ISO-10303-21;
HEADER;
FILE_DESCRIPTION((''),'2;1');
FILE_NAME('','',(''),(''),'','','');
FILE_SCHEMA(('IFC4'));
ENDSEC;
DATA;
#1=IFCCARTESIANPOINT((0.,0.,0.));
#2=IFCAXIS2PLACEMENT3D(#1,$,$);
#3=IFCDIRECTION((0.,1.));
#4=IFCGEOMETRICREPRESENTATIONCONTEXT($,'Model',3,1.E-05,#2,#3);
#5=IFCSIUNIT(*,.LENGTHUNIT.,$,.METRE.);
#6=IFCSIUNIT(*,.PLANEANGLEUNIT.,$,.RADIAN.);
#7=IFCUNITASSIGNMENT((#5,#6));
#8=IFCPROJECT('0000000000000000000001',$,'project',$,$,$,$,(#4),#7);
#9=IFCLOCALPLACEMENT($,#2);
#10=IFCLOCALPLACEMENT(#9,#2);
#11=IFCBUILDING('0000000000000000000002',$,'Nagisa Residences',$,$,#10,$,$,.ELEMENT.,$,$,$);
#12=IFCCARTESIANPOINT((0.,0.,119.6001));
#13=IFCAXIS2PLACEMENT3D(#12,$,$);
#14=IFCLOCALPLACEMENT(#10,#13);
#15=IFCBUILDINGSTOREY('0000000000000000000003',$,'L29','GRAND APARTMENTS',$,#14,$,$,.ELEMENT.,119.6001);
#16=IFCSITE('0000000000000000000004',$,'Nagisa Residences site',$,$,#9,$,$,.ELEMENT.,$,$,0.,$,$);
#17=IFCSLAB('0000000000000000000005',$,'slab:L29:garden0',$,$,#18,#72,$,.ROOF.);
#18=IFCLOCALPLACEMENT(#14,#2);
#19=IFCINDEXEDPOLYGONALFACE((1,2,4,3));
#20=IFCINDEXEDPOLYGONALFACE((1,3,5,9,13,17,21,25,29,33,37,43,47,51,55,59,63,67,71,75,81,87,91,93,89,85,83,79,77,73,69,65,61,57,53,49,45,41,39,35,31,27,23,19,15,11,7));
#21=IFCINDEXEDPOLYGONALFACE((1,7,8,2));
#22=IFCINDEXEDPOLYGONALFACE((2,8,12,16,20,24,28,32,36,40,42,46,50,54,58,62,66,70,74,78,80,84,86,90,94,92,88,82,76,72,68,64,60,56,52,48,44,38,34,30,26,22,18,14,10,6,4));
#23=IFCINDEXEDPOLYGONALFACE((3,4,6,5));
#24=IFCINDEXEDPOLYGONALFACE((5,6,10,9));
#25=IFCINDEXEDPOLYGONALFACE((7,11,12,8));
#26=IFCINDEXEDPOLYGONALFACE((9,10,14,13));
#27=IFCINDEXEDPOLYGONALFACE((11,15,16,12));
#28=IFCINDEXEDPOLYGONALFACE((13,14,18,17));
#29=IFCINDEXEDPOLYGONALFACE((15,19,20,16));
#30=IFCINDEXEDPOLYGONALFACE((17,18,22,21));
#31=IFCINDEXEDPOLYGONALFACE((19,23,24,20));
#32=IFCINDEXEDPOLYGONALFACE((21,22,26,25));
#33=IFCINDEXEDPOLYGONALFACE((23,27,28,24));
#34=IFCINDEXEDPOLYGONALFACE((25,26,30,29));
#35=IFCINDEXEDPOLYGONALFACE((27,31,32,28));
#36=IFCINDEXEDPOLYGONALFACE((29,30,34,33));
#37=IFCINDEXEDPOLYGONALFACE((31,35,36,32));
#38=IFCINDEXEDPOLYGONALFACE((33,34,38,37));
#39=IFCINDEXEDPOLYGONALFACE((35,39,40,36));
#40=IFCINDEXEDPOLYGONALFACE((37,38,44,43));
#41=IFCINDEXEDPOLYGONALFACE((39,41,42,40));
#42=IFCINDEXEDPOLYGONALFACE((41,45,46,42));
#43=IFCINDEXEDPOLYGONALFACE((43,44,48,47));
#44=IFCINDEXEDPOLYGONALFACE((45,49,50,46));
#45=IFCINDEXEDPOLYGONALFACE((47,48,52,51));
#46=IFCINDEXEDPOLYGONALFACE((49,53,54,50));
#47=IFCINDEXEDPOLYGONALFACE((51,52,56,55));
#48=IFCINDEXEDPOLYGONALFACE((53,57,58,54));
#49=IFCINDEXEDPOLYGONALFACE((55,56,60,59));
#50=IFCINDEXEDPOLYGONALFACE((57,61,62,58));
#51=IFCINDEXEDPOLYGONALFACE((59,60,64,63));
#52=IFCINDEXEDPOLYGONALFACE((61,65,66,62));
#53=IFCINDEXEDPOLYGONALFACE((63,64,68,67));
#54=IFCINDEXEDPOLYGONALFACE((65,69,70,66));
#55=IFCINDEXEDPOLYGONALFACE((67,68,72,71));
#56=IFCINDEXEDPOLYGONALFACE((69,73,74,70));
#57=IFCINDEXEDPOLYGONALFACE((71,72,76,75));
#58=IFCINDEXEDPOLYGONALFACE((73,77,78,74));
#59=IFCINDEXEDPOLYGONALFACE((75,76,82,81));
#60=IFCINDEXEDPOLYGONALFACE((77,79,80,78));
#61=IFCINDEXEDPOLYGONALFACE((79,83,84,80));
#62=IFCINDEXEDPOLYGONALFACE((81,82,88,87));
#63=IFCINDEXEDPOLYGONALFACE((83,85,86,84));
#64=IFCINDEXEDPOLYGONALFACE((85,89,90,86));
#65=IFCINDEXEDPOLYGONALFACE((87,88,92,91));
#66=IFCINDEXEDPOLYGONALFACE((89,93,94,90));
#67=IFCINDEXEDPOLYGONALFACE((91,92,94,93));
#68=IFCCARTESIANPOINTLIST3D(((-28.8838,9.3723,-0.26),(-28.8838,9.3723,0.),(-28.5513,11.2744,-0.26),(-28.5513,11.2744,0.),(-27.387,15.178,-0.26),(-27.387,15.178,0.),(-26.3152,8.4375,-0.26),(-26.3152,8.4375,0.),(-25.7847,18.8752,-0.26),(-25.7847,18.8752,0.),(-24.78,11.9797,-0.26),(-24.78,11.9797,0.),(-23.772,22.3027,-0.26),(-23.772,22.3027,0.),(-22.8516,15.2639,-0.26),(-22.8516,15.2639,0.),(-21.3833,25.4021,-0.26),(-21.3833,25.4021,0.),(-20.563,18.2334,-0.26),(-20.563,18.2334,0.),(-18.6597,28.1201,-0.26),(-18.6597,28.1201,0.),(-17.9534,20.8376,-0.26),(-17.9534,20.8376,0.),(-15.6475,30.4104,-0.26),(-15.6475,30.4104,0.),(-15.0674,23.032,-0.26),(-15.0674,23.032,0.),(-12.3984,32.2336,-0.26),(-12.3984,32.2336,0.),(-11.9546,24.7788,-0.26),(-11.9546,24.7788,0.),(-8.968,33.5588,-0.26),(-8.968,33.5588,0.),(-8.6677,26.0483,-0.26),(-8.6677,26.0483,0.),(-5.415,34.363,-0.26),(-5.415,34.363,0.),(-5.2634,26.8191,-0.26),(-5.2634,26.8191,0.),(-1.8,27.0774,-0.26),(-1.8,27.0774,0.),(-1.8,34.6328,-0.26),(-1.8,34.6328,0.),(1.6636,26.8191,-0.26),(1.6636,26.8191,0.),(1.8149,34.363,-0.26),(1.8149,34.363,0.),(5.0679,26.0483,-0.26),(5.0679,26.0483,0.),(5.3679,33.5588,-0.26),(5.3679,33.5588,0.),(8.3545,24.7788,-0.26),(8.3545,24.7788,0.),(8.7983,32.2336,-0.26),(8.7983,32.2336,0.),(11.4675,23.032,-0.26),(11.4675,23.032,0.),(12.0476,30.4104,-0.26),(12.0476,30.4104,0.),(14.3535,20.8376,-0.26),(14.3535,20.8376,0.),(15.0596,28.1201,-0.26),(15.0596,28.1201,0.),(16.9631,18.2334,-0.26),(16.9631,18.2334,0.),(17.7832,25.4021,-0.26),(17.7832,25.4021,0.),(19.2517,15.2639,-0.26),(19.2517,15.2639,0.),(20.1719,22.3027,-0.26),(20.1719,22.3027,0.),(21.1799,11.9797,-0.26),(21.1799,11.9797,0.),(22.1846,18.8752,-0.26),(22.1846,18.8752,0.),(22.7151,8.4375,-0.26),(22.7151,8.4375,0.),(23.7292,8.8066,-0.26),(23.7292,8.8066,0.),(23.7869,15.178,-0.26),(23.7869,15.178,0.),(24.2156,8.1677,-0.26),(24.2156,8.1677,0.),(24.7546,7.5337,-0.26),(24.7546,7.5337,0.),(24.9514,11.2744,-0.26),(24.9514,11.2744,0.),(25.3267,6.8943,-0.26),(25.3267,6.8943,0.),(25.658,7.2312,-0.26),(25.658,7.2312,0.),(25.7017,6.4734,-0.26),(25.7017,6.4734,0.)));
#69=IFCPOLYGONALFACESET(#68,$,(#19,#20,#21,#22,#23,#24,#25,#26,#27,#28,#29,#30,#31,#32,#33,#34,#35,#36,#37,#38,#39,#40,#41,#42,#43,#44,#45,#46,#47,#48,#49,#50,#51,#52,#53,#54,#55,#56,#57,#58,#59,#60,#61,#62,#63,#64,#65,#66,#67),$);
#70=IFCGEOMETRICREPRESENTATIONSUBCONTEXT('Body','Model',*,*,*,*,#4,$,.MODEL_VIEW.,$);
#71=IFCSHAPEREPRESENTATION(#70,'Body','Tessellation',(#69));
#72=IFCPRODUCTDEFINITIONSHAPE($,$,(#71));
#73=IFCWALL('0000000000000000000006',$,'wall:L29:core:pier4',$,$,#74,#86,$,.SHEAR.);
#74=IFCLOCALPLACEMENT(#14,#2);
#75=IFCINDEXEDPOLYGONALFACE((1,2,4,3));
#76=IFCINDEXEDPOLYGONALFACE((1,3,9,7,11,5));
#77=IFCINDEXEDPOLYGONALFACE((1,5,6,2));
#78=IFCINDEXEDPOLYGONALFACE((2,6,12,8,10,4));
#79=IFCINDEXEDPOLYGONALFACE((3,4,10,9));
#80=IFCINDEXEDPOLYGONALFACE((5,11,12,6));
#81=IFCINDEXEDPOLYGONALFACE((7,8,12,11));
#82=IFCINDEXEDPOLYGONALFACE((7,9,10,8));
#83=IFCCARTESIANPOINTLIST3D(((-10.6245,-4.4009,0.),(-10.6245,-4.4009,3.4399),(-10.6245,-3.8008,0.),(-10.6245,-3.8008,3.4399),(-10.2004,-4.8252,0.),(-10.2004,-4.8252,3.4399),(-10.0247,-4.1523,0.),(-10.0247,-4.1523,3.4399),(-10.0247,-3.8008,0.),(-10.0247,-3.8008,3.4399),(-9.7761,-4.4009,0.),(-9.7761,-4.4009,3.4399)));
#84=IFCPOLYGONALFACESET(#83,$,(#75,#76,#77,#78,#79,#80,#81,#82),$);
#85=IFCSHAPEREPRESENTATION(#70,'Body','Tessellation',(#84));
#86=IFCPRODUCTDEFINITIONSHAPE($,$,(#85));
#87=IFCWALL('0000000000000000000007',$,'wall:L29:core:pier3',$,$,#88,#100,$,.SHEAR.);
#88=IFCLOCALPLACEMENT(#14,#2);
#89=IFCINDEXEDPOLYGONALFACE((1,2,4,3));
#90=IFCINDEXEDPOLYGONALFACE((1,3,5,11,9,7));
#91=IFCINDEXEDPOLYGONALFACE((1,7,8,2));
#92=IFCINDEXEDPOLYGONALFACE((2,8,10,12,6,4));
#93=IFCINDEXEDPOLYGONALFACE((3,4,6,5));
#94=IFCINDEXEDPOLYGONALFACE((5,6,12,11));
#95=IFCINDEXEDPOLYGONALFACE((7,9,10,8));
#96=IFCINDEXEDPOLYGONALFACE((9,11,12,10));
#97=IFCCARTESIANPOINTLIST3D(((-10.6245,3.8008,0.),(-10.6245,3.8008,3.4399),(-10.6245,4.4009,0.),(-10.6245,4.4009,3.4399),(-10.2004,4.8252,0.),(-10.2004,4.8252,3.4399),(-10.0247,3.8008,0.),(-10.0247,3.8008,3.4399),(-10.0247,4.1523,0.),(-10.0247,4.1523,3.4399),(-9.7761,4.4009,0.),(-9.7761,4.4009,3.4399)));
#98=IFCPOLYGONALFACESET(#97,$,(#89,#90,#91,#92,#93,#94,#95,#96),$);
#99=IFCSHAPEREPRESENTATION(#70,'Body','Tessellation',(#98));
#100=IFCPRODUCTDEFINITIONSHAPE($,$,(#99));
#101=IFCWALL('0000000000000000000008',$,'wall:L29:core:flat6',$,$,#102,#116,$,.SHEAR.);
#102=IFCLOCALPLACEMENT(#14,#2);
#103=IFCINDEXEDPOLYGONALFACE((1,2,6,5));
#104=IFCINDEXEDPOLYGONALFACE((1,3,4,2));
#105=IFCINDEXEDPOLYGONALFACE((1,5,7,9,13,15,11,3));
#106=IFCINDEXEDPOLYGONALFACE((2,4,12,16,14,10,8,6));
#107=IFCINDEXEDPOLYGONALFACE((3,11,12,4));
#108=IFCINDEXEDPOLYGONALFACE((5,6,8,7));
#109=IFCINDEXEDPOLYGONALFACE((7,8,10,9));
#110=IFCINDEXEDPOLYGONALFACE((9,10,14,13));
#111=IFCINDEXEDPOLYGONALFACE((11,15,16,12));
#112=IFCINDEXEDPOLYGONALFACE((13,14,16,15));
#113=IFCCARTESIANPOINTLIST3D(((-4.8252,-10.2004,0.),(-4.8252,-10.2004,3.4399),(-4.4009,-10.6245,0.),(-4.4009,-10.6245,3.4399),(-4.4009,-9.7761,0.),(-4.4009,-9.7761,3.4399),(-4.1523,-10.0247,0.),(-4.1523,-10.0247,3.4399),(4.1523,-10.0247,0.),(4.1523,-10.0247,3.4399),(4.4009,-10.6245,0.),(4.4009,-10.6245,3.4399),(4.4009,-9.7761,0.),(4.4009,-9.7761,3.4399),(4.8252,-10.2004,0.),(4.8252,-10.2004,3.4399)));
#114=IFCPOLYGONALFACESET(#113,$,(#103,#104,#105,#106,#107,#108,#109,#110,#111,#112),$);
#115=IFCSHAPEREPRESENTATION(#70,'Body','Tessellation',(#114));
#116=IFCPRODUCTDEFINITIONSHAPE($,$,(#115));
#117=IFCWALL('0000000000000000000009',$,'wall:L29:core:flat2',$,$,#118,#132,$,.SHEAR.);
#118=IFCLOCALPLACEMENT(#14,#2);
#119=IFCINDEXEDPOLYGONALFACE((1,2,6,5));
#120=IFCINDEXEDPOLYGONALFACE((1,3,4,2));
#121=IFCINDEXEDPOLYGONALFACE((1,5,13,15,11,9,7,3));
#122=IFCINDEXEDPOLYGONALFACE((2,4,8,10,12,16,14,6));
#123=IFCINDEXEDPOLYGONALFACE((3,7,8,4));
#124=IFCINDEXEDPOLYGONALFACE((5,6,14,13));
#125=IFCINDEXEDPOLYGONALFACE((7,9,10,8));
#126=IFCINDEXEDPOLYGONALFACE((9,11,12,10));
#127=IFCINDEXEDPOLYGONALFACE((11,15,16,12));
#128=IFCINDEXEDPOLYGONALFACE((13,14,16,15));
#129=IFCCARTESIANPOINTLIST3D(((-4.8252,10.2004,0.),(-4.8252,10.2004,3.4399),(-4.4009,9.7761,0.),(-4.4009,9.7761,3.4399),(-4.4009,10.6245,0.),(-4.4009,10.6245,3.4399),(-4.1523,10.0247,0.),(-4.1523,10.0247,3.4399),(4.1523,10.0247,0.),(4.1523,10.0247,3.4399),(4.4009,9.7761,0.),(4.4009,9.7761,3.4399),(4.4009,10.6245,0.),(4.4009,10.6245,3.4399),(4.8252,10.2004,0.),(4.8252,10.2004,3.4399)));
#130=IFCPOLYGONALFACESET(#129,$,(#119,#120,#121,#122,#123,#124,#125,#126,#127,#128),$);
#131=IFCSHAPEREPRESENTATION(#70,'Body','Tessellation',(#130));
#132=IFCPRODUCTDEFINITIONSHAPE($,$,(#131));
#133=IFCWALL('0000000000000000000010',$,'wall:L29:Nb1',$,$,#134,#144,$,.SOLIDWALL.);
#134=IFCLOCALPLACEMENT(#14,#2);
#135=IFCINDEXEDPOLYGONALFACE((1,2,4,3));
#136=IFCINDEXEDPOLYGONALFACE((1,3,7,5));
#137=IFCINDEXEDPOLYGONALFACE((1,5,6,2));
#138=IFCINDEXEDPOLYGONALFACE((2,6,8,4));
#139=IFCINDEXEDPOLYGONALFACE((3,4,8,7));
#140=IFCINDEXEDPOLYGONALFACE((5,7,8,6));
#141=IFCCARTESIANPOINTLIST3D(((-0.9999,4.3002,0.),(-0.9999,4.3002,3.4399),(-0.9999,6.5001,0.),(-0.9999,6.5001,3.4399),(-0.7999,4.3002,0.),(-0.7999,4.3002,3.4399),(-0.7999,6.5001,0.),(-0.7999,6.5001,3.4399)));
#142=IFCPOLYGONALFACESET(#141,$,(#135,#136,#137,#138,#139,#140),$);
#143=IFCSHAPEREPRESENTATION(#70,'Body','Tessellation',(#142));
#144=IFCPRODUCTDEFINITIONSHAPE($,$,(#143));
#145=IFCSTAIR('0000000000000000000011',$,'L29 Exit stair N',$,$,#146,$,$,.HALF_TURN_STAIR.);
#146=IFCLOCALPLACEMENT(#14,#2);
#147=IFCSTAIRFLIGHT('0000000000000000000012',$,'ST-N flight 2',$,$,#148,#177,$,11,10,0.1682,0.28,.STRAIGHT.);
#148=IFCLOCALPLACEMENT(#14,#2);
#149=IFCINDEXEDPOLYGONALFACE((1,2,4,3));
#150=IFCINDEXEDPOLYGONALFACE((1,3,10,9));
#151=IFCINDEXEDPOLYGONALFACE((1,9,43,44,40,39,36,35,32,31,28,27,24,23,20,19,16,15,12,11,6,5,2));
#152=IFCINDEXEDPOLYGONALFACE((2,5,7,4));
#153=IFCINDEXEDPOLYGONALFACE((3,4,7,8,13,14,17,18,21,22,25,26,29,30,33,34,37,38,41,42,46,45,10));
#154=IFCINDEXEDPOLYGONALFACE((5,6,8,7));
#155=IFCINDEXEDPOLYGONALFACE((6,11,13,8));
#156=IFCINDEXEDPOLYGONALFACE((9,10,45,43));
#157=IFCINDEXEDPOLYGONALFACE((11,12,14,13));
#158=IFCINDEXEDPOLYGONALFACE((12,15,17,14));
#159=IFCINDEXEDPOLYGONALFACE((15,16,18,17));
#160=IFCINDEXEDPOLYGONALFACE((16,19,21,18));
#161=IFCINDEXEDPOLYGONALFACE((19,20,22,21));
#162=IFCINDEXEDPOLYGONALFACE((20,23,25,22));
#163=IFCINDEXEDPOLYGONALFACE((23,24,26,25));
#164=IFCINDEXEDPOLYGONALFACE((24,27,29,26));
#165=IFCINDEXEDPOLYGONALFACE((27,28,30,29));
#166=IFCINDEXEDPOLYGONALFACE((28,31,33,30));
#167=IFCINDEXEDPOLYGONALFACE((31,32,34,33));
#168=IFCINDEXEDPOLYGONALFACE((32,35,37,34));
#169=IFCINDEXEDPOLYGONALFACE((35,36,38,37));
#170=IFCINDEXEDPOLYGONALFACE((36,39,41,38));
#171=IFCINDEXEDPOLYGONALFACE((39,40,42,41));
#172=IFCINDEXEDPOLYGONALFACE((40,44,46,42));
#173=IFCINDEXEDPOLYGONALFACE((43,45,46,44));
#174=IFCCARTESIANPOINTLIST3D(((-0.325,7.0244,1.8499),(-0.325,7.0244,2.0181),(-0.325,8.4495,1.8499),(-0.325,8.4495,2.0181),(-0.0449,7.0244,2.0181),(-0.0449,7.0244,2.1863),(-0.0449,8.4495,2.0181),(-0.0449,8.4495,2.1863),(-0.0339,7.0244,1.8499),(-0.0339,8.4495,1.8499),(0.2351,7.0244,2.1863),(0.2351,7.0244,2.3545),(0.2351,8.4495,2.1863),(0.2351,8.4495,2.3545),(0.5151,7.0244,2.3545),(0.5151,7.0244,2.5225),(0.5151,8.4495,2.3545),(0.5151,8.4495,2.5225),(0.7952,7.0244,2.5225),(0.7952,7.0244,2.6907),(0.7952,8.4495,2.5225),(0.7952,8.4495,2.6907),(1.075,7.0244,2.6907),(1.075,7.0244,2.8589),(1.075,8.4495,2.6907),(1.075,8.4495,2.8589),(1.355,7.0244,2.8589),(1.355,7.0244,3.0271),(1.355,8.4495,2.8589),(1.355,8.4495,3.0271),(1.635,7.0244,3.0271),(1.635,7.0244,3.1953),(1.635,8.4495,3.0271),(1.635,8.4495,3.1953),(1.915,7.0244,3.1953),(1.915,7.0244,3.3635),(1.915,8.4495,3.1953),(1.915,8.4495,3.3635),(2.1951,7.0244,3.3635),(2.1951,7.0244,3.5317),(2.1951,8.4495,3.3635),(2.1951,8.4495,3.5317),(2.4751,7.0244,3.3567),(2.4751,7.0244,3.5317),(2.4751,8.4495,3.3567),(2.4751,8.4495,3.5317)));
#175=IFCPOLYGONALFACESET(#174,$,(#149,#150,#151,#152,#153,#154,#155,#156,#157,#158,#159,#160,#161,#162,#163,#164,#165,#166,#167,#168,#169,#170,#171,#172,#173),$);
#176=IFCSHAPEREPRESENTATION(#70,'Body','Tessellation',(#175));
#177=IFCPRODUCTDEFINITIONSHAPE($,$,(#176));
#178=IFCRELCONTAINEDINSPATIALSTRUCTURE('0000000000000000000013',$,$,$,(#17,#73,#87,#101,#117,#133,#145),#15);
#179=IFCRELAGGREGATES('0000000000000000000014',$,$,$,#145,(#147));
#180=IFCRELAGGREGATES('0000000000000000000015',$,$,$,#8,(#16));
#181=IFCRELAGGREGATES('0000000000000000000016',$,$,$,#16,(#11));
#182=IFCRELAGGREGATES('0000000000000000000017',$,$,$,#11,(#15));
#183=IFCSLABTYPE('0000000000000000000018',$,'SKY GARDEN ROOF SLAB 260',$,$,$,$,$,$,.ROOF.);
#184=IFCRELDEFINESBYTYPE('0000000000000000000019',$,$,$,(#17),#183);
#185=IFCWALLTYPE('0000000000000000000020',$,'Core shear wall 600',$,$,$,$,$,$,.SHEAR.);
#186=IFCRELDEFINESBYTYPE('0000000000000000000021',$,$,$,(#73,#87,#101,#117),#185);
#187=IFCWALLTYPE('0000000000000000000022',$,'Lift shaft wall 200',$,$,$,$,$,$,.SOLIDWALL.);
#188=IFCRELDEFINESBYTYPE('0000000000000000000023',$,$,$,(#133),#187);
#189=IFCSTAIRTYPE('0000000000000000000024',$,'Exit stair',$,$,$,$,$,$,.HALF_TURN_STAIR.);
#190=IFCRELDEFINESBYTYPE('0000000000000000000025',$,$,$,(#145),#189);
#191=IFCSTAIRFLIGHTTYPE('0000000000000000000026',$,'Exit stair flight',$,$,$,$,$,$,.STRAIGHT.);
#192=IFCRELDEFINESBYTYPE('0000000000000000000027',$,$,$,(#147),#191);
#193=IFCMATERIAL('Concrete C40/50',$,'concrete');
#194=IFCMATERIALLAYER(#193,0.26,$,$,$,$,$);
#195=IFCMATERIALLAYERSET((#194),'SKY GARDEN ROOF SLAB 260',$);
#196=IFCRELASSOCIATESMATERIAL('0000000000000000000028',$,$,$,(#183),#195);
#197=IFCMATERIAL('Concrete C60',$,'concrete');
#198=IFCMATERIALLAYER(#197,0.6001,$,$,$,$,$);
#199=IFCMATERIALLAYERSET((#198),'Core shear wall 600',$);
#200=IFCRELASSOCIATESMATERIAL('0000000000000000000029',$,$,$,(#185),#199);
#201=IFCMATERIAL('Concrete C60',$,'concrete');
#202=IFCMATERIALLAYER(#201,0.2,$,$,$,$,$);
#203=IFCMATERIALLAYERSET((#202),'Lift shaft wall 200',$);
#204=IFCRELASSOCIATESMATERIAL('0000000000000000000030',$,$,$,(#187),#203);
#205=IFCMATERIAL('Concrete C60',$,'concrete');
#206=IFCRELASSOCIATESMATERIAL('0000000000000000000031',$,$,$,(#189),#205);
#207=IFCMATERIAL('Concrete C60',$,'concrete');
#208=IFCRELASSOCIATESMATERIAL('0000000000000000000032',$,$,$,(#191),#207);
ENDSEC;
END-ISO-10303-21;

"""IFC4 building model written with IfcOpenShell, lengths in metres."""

from ifc_helpers import new_model, si_unit, direction, frame, frame_2d, origin, place, context, subcontext, project, spatial, polyline, rectangle, outline, extrude, material, layer, layer_set, type_object, element, aggregate, save


model = new_model("IFC4")

# Units and contexts
model_context = context("Model", 3, precision=1e-05, world=origin(), true_north=direction((0.0, 1.0)))
body_context = subcontext(model_context, "Body", "Model", "MODEL_VIEW")
ifc_project = project(units=[si_unit("LENGTHUNIT", "METRE"), si_unit("PLANEANGLEUNIT", "RADIAN")], contexts=[model_context])

# Site, building, storey
site_placement = place(None, origin())
site = spatial("IfcSite", under=ifc_project, at=site_placement, Name="Nagisa Residences site", CompositionType="ELEMENT", RefElevation=0.0)
building_placement = place(site_placement, origin())
building = spatial("IfcBuilding", under=site, at=building_placement, Name="Nagisa Residences", CompositionType="ELEMENT")
storey_placement = place(building_placement, frame((0.0, 0.0, 119.6001)))
storey = spatial("IfcBuildingStorey", under=building, at=storey_placement, Name="L29", Description="GRAND APARTMENTS", CompositionType="ELEMENT", Elevation=119.6001)

# Slab
ifc_material_1 = material(Name="Concrete C40/50", Category="concrete")
ifc_layer_1 = layer(ifc_material_1, 0.26)
ifc_layer_set_1 = layer_set([ifc_layer_1], Name="SKY GARDEN ROOF SLAB 260")
slab_type_1 = type_object("IfcSlabType", Name="SKY GARDEN ROOF SLAB 260", PredefinedType="ROOF", material=ifc_layer_set_1)
slab_1_placement = place(storey_placement, frame((0.0, 0.0, -0.26)))
element("IfcSlab", 1, at=slab_1_placement, inside=storey, type_object=slab_type_1, Name="slab:L29:garden0", PredefinedType="ROOF", context=body_context, shape_type="SweptSolid", body=[
    extrude(outline(polyline([(21.1799, 11.9797), (22.7151, 8.4375), (23.7292, 8.8066), (24.2156, 8.1677), (24.7546, 7.5337), (25.3267, 6.8943), (25.7017, 6.4734), (25.658, 7.2312), (24.9514, 11.2744), (23.7869, 15.178), (22.1846, 18.8752), (20.1719, 22.3027), (17.7832, 25.4021), (15.0596, 28.1201), (12.0476, 30.4104), (8.7983, 32.2336), (5.3679, 33.5588), (1.8149, 34.363), (-1.8, 34.6328), (-5.415, 34.363), (-8.968, 33.5588), (-12.3984, 32.2336), (-15.6475, 30.4104), (-18.6597, 28.1201), (-21.3833, 25.4021), (-23.772, 22.3027), (-25.7847, 18.8752), (-27.387, 15.178), (-28.5513, 11.2744), (-28.8838, 9.3723), (-26.3152, 8.4375), (-24.78, 11.9797), (-22.8516, 15.2639), (-20.563, 18.2334), (-17.9534, 20.8376), (-15.0674, 23.032), (-11.9546, 24.7788), (-8.6677, 26.0483), (-5.2634, 26.8191), (-1.8, 27.0774), (1.6636, 26.8191), (5.0679, 26.0483), (8.3545, 24.7788), (11.4675, 23.032), (14.3535, 20.8376), (16.9631, 18.2334), (19.2517, 15.2639), (21.1799, 11.9797)])), origin(), (0.0, 0.0, 1.0), 0.26),
])

# Walls
ifc_material_2 = material(Name="Concrete C60", Category="concrete")
ifc_layer_2 = layer(ifc_material_2, 0.6001)
ifc_layer_set_2 = layer_set([ifc_layer_2], Name="Core shear wall 600")
wall_type_1 = type_object("IfcWallType", Name="Core shear wall 600", PredefinedType="SHEAR", material=ifc_layer_set_2)
wall_1_placement = place(storey_placement, origin())
element("IfcWall", 2, at=wall_1_placement, inside=storey, type_object=wall_type_1, Name="wall:L29:core:pier4", PredefinedType="SHEAR", context=body_context, shape_type="SweptSolid", body=[
    extrude(outline(polyline([(-10.6245, -3.8008), (-10.0247, -3.8008), (-10.0247, -4.1523), (-9.7761, -4.4009), (-10.2004, -4.8252), (-10.6245, -4.4009), (-10.6245, -3.8008)])), origin(), (0.0, 0.0, 1.0), 3.4399),
])
wall_2_placement = place(storey_placement, origin())
element("IfcWall", 3, at=wall_2_placement, inside=storey, type_object=wall_type_1, Name="wall:L29:core:pier3", PredefinedType="SHEAR", context=body_context, shape_type="SweptSolid", body=[
    extrude(outline(polyline([(-10.2004, 4.8252), (-9.7761, 4.4009), (-10.0247, 4.1523), (-10.0247, 3.8008), (-10.6245, 3.8008), (-10.6245, 4.4009), (-10.2004, 4.8252)])), origin(), (0.0, 0.0, 1.0), 3.4399),
])
wall_3_placement = place(storey_placement, origin())
element("IfcWall", 4, at=wall_3_placement, inside=storey, type_object=wall_type_1, Name="wall:L29:core:flat6", PredefinedType="SHEAR", context=body_context, shape_type="SweptSolid", body=[
    extrude(outline(polyline([(-4.1523, -10.0247), (4.1523, -10.0247), (4.4009, -9.7761), (4.8252, -10.2004), (4.4009, -10.6245), (-4.4009, -10.6245), (-4.8252, -10.2004), (-4.4009, -9.7761), (-4.1523, -10.0247)])), origin(), (0.0, 0.0, 1.0), 3.4399),
])
wall_4_placement = place(storey_placement, origin())
element("IfcWall", 5, at=wall_4_placement, inside=storey, type_object=wall_type_1, Name="wall:L29:core:flat2", PredefinedType="SHEAR", context=body_context, shape_type="SweptSolid", body=[
    extrude(outline(polyline([(-4.1523, 10.0247), (-4.4009, 9.7761), (-4.8252, 10.2004), (-4.4009, 10.6245), (4.4009, 10.6245), (4.8252, 10.2004), (4.4009, 9.7761), (4.1523, 10.0247), (-4.1523, 10.0247)])), origin(), (0.0, 0.0, 1.0), 3.4399),
])
ifc_material_3 = material(Name="Concrete C60", Category="concrete")
ifc_layer_3 = layer(ifc_material_3, 0.2)
ifc_layer_set_3 = layer_set([ifc_layer_3], Name="Lift shaft wall 200")
wall_type_2 = type_object("IfcWallType", Name="Lift shaft wall 200", PredefinedType="SOLIDWALL", material=ifc_layer_set_3)
wall_5_placement = place(storey_placement, frame((-0.8999, 4.3, 0.0), z_axis=(0.0, 0.0, 1.0), x_axis=(0.0, 1.0, 0.0)))
element("IfcWall", 6, at=wall_5_placement, inside=storey, type_object=wall_type_2, Name="wall:L29:Nb1", PredefinedType="SOLIDWALL", context=body_context, shape_type="SweptSolid", body=[
    extrude(rectangle(XDim=2.2, YDim=0.2, at=frame_2d((1.1001, 0.0))), origin(), (0.0, 0.0, 1.0), 3.4399),
])

# Stair, stair flight
ifc_material_4 = material(Name="Concrete C60", Category="concrete")
stair_type = type_object("IfcStairType", Name="Exit stair", PredefinedType="HALF_TURN_STAIR", material=ifc_material_4)
stair_placement = place(storey_placement, origin())
stair = element("IfcStair", 7, at=stair_placement, inside=storey, type_object=stair_type, Name="L29 Exit stair N", PredefinedType="HALF_TURN_STAIR")
ifc_material_5 = material(Name="Concrete C60", Category="concrete")
stair_flight_type = type_object("IfcStairFlightType", Name="Exit stair flight", PredefinedType="STRAIGHT", material=ifc_material_5)
stair_flight_placement = place(storey_placement, frame((-0.325, 7.7371, 1.8499), z_axis=(0.0, 0.0, 1.0), x_axis=(1.0, 0.0, 0.0)))
stair_flight = element("IfcStairFlight", 8, at=stair_flight_placement, type_object=stair_flight_type, Name="ST-N flight 2", NumberOfRisers=11, NumberOfTreads=10, PredefinedType="STRAIGHT", RiserHeight=0.1682, TreadLength=0.28, context=body_context, shape_type="SweptSolid", body=[
    extrude(outline(polyline([(0.0, 0.0), (0.0, 0.1682), (0.28, 0.1682), (0.28, 0.3364), (0.5601, 0.3364), (0.5601, 0.5046), (0.8401, 0.5046), (0.8401, 0.6726), (1.1201, 0.6726), (1.1201, 0.8408), (1.3999, 0.8408), (1.3999, 1.009), (1.6799, 1.009), (1.6799, 1.1772), (1.96, 1.1772), (1.96, 1.3455), (2.24, 1.3455), (2.24, 1.5137), (2.52, 1.5137), (2.52, 1.6819), (2.8, 1.6819), (2.8, 1.8501), (2.8, 1.5068), (0.291, 0.0), (0.0, 0.0)])), frame((0.0, 0.7124, 0.0), z_axis=(0.0, -1.0, 0.0), x_axis=(1.0, 0.0, 0.0)), (0.0, 0.0, 1.0), 1.425),
])
aggregate(stair, [stair_flight])

save(model, "model.ifc")
